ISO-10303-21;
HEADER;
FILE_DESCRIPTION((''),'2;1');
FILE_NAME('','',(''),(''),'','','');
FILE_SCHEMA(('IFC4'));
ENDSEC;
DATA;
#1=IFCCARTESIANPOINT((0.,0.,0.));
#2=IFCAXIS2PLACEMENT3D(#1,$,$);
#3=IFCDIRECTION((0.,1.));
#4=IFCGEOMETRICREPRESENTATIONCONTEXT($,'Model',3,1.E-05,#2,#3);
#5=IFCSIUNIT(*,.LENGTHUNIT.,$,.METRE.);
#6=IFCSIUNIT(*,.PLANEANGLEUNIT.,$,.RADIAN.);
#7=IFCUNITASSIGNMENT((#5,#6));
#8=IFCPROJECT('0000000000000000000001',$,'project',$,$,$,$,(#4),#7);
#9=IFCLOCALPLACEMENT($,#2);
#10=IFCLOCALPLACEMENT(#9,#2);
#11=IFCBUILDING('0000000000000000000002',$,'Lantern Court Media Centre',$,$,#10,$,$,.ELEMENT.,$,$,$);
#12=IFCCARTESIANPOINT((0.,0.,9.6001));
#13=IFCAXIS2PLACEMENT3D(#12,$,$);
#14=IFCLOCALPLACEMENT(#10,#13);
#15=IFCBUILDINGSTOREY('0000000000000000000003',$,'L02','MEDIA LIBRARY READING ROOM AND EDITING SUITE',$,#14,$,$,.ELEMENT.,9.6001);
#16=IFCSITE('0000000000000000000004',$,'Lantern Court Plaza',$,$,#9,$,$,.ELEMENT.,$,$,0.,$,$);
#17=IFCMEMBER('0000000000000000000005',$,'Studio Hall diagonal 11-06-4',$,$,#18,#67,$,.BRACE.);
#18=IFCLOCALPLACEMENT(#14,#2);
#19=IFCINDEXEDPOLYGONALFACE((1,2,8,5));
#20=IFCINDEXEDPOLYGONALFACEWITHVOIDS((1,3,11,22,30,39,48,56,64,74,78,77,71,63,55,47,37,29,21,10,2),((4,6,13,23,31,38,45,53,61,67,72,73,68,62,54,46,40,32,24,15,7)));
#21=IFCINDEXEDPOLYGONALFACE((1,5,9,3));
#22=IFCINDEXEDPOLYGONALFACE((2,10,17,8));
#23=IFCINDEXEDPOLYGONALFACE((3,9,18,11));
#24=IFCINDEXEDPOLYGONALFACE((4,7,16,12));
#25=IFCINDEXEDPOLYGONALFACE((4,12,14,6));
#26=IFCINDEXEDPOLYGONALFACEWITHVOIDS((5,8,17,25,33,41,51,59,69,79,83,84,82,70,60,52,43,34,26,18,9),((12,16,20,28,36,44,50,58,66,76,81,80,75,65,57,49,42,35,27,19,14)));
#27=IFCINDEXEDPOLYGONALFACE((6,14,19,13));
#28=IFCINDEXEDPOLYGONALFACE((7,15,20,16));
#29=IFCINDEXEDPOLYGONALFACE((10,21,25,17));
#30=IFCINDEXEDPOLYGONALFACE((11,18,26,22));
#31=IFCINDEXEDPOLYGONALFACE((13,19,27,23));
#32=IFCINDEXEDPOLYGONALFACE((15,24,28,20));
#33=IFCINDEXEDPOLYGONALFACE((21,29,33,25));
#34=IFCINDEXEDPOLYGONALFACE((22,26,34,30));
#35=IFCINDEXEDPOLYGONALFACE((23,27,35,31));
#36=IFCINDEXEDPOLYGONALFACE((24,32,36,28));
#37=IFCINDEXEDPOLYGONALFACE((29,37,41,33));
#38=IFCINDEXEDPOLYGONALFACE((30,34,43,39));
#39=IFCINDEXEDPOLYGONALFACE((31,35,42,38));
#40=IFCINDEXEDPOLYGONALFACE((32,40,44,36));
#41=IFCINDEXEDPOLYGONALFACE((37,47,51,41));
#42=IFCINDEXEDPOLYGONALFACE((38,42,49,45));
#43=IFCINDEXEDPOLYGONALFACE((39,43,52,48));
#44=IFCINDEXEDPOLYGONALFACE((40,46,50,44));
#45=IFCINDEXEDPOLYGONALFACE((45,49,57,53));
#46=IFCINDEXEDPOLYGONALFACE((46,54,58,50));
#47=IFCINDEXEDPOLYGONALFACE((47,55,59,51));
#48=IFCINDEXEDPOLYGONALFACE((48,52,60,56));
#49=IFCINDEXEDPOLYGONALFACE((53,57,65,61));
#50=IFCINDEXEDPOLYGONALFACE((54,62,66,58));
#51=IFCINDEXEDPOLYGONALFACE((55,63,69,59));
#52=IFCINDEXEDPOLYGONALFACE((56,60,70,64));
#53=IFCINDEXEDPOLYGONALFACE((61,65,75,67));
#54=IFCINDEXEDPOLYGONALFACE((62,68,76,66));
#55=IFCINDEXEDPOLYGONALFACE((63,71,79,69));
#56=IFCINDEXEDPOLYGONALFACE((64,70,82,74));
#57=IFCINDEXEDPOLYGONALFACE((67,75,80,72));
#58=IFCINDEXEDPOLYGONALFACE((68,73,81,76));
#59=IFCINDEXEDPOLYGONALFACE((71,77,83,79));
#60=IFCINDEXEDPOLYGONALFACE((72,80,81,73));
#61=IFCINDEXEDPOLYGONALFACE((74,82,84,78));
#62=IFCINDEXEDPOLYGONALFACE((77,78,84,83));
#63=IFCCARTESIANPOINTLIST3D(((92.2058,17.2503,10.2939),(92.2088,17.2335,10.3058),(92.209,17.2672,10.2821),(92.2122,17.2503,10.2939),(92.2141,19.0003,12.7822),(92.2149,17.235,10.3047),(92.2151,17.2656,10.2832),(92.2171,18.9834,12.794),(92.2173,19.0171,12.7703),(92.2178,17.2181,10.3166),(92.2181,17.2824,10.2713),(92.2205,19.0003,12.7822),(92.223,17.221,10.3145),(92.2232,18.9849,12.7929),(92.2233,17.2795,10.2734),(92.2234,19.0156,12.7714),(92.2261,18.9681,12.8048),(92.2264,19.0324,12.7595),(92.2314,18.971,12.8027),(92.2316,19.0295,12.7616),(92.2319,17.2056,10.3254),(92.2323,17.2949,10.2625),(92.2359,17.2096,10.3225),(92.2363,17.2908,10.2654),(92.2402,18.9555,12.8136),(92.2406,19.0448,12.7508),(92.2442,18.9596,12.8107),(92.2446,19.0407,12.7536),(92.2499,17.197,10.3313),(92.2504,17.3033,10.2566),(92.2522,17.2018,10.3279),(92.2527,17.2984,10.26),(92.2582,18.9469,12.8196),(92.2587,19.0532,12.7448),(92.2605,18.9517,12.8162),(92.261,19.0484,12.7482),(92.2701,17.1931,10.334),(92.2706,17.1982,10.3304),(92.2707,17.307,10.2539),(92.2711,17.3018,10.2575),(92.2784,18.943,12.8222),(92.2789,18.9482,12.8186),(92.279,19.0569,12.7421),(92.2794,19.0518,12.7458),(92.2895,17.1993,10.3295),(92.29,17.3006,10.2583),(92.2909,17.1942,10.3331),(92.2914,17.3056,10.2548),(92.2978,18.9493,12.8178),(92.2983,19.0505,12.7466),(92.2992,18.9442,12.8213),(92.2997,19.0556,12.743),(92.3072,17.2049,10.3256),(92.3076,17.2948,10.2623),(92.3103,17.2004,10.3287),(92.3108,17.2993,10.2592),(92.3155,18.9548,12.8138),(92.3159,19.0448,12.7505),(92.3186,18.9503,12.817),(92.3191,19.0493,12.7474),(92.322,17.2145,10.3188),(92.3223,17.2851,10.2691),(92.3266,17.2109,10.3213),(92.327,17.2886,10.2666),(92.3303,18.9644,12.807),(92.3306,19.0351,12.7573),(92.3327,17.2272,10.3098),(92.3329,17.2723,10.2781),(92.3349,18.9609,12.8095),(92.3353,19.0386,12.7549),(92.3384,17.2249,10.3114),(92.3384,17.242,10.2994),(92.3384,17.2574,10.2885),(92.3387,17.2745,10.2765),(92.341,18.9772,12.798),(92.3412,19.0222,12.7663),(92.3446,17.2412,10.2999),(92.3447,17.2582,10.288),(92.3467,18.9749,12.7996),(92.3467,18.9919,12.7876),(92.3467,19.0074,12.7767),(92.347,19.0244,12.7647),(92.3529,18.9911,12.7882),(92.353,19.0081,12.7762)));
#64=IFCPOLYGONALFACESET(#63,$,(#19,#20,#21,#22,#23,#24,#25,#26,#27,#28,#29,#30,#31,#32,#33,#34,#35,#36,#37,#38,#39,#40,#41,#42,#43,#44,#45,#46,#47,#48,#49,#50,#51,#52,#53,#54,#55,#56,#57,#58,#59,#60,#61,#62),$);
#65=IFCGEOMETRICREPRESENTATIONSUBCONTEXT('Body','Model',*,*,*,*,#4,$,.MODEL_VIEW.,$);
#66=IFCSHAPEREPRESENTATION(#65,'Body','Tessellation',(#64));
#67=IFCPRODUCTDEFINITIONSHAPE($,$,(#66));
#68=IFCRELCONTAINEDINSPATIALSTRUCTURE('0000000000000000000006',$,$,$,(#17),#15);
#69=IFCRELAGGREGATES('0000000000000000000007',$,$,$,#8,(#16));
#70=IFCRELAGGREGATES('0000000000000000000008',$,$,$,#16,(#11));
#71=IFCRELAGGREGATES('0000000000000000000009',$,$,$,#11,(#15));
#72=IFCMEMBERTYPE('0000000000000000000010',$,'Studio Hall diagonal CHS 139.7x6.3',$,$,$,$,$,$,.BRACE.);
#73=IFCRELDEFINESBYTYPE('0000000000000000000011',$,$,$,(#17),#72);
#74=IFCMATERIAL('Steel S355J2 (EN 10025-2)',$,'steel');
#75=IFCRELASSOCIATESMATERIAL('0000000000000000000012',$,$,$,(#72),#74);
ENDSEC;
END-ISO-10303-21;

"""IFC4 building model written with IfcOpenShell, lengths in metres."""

from ifc_helpers import new_model, si_unit, direction, frame, origin, origin_2d, place, context, subcontext, project, spatial, hollow_circle, extrude, material, material_profile, profile_set, type_object, element, save


model = new_model("IFC4")

# Units and contexts
model_context = context("Model", 3, precision=1e-05, world=origin(), true_north=direction((0.0, 1.0)))
body_context = subcontext(model_context, "Body", "Model", "MODEL_VIEW")
ifc_project = project(units=[si_unit("LENGTHUNIT", "METRE"), si_unit("PLANEANGLEUNIT", "RADIAN")], contexts=[model_context])

# Site, building, storey
site_placement = place(None, origin())
site = spatial("IfcSite", under=ifc_project, at=site_placement, Name="Lantern Court Plaza", CompositionType="ELEMENT", RefElevation=0.0)
building_placement = place(site_placement, origin())
building = spatial("IfcBuilding", under=site, at=building_placement, Name="Lantern Court Media Centre", CompositionType="ELEMENT")
storey_placement = place(building_placement, frame((0.0, 0.0, 9.6001)))
storey = spatial("IfcBuildingStorey", under=building, at=storey_placement, Name="L02", Description="MEDIA LIBRARY READING ROOM AND EDITING SUITE", CompositionType="ELEMENT", Elevation=9.6001)

# Member
ifc_material = material(Name="Steel S355J2 (EN 10025-2)", Category="steel")
ifc_material_profile_1 = material_profile(ifc_material, hollow_circle(Radius=0.0698, WallThickness=0.0063, at=origin_2d()), Name="Studio Hall diagonal CHS 139.7x6.3")
ifc_profile_set_1 = profile_set([ifc_material_profile_1], Name="Steel S355J2 (EN 10025-2)")
member_type_1 = type_object("IfcMemberType", Name="Studio Hall diagonal CHS 139.7x6.3", PredefinedType="BRACE", material=ifc_profile_set_1)
for number, where, z_axis, x_axis, name in (
    (1, (92.2756, 17.25, 10.2939), (0.002729, 0.575269, 0.81796), (-0.999989, 0.004743, 0.0), "Studio Hall diagonal 11-06-4"),
):
    element("IfcMember", number, at=place(storey_placement, frame(where, z_axis=z_axis, x_axis=x_axis)), inside=storey, type_object=member_type_1, Name=name, PredefinedType="BRACE", context=body_context, shape_type="SweptSolid", body=[
        extrude(hollow_circle(Radius=0.0698, WallThickness=0.0063, at=origin_2d()), origin(), (0.0, 0.0, 1.0), 3.042),
    ])

save(model, "model.ifc")
